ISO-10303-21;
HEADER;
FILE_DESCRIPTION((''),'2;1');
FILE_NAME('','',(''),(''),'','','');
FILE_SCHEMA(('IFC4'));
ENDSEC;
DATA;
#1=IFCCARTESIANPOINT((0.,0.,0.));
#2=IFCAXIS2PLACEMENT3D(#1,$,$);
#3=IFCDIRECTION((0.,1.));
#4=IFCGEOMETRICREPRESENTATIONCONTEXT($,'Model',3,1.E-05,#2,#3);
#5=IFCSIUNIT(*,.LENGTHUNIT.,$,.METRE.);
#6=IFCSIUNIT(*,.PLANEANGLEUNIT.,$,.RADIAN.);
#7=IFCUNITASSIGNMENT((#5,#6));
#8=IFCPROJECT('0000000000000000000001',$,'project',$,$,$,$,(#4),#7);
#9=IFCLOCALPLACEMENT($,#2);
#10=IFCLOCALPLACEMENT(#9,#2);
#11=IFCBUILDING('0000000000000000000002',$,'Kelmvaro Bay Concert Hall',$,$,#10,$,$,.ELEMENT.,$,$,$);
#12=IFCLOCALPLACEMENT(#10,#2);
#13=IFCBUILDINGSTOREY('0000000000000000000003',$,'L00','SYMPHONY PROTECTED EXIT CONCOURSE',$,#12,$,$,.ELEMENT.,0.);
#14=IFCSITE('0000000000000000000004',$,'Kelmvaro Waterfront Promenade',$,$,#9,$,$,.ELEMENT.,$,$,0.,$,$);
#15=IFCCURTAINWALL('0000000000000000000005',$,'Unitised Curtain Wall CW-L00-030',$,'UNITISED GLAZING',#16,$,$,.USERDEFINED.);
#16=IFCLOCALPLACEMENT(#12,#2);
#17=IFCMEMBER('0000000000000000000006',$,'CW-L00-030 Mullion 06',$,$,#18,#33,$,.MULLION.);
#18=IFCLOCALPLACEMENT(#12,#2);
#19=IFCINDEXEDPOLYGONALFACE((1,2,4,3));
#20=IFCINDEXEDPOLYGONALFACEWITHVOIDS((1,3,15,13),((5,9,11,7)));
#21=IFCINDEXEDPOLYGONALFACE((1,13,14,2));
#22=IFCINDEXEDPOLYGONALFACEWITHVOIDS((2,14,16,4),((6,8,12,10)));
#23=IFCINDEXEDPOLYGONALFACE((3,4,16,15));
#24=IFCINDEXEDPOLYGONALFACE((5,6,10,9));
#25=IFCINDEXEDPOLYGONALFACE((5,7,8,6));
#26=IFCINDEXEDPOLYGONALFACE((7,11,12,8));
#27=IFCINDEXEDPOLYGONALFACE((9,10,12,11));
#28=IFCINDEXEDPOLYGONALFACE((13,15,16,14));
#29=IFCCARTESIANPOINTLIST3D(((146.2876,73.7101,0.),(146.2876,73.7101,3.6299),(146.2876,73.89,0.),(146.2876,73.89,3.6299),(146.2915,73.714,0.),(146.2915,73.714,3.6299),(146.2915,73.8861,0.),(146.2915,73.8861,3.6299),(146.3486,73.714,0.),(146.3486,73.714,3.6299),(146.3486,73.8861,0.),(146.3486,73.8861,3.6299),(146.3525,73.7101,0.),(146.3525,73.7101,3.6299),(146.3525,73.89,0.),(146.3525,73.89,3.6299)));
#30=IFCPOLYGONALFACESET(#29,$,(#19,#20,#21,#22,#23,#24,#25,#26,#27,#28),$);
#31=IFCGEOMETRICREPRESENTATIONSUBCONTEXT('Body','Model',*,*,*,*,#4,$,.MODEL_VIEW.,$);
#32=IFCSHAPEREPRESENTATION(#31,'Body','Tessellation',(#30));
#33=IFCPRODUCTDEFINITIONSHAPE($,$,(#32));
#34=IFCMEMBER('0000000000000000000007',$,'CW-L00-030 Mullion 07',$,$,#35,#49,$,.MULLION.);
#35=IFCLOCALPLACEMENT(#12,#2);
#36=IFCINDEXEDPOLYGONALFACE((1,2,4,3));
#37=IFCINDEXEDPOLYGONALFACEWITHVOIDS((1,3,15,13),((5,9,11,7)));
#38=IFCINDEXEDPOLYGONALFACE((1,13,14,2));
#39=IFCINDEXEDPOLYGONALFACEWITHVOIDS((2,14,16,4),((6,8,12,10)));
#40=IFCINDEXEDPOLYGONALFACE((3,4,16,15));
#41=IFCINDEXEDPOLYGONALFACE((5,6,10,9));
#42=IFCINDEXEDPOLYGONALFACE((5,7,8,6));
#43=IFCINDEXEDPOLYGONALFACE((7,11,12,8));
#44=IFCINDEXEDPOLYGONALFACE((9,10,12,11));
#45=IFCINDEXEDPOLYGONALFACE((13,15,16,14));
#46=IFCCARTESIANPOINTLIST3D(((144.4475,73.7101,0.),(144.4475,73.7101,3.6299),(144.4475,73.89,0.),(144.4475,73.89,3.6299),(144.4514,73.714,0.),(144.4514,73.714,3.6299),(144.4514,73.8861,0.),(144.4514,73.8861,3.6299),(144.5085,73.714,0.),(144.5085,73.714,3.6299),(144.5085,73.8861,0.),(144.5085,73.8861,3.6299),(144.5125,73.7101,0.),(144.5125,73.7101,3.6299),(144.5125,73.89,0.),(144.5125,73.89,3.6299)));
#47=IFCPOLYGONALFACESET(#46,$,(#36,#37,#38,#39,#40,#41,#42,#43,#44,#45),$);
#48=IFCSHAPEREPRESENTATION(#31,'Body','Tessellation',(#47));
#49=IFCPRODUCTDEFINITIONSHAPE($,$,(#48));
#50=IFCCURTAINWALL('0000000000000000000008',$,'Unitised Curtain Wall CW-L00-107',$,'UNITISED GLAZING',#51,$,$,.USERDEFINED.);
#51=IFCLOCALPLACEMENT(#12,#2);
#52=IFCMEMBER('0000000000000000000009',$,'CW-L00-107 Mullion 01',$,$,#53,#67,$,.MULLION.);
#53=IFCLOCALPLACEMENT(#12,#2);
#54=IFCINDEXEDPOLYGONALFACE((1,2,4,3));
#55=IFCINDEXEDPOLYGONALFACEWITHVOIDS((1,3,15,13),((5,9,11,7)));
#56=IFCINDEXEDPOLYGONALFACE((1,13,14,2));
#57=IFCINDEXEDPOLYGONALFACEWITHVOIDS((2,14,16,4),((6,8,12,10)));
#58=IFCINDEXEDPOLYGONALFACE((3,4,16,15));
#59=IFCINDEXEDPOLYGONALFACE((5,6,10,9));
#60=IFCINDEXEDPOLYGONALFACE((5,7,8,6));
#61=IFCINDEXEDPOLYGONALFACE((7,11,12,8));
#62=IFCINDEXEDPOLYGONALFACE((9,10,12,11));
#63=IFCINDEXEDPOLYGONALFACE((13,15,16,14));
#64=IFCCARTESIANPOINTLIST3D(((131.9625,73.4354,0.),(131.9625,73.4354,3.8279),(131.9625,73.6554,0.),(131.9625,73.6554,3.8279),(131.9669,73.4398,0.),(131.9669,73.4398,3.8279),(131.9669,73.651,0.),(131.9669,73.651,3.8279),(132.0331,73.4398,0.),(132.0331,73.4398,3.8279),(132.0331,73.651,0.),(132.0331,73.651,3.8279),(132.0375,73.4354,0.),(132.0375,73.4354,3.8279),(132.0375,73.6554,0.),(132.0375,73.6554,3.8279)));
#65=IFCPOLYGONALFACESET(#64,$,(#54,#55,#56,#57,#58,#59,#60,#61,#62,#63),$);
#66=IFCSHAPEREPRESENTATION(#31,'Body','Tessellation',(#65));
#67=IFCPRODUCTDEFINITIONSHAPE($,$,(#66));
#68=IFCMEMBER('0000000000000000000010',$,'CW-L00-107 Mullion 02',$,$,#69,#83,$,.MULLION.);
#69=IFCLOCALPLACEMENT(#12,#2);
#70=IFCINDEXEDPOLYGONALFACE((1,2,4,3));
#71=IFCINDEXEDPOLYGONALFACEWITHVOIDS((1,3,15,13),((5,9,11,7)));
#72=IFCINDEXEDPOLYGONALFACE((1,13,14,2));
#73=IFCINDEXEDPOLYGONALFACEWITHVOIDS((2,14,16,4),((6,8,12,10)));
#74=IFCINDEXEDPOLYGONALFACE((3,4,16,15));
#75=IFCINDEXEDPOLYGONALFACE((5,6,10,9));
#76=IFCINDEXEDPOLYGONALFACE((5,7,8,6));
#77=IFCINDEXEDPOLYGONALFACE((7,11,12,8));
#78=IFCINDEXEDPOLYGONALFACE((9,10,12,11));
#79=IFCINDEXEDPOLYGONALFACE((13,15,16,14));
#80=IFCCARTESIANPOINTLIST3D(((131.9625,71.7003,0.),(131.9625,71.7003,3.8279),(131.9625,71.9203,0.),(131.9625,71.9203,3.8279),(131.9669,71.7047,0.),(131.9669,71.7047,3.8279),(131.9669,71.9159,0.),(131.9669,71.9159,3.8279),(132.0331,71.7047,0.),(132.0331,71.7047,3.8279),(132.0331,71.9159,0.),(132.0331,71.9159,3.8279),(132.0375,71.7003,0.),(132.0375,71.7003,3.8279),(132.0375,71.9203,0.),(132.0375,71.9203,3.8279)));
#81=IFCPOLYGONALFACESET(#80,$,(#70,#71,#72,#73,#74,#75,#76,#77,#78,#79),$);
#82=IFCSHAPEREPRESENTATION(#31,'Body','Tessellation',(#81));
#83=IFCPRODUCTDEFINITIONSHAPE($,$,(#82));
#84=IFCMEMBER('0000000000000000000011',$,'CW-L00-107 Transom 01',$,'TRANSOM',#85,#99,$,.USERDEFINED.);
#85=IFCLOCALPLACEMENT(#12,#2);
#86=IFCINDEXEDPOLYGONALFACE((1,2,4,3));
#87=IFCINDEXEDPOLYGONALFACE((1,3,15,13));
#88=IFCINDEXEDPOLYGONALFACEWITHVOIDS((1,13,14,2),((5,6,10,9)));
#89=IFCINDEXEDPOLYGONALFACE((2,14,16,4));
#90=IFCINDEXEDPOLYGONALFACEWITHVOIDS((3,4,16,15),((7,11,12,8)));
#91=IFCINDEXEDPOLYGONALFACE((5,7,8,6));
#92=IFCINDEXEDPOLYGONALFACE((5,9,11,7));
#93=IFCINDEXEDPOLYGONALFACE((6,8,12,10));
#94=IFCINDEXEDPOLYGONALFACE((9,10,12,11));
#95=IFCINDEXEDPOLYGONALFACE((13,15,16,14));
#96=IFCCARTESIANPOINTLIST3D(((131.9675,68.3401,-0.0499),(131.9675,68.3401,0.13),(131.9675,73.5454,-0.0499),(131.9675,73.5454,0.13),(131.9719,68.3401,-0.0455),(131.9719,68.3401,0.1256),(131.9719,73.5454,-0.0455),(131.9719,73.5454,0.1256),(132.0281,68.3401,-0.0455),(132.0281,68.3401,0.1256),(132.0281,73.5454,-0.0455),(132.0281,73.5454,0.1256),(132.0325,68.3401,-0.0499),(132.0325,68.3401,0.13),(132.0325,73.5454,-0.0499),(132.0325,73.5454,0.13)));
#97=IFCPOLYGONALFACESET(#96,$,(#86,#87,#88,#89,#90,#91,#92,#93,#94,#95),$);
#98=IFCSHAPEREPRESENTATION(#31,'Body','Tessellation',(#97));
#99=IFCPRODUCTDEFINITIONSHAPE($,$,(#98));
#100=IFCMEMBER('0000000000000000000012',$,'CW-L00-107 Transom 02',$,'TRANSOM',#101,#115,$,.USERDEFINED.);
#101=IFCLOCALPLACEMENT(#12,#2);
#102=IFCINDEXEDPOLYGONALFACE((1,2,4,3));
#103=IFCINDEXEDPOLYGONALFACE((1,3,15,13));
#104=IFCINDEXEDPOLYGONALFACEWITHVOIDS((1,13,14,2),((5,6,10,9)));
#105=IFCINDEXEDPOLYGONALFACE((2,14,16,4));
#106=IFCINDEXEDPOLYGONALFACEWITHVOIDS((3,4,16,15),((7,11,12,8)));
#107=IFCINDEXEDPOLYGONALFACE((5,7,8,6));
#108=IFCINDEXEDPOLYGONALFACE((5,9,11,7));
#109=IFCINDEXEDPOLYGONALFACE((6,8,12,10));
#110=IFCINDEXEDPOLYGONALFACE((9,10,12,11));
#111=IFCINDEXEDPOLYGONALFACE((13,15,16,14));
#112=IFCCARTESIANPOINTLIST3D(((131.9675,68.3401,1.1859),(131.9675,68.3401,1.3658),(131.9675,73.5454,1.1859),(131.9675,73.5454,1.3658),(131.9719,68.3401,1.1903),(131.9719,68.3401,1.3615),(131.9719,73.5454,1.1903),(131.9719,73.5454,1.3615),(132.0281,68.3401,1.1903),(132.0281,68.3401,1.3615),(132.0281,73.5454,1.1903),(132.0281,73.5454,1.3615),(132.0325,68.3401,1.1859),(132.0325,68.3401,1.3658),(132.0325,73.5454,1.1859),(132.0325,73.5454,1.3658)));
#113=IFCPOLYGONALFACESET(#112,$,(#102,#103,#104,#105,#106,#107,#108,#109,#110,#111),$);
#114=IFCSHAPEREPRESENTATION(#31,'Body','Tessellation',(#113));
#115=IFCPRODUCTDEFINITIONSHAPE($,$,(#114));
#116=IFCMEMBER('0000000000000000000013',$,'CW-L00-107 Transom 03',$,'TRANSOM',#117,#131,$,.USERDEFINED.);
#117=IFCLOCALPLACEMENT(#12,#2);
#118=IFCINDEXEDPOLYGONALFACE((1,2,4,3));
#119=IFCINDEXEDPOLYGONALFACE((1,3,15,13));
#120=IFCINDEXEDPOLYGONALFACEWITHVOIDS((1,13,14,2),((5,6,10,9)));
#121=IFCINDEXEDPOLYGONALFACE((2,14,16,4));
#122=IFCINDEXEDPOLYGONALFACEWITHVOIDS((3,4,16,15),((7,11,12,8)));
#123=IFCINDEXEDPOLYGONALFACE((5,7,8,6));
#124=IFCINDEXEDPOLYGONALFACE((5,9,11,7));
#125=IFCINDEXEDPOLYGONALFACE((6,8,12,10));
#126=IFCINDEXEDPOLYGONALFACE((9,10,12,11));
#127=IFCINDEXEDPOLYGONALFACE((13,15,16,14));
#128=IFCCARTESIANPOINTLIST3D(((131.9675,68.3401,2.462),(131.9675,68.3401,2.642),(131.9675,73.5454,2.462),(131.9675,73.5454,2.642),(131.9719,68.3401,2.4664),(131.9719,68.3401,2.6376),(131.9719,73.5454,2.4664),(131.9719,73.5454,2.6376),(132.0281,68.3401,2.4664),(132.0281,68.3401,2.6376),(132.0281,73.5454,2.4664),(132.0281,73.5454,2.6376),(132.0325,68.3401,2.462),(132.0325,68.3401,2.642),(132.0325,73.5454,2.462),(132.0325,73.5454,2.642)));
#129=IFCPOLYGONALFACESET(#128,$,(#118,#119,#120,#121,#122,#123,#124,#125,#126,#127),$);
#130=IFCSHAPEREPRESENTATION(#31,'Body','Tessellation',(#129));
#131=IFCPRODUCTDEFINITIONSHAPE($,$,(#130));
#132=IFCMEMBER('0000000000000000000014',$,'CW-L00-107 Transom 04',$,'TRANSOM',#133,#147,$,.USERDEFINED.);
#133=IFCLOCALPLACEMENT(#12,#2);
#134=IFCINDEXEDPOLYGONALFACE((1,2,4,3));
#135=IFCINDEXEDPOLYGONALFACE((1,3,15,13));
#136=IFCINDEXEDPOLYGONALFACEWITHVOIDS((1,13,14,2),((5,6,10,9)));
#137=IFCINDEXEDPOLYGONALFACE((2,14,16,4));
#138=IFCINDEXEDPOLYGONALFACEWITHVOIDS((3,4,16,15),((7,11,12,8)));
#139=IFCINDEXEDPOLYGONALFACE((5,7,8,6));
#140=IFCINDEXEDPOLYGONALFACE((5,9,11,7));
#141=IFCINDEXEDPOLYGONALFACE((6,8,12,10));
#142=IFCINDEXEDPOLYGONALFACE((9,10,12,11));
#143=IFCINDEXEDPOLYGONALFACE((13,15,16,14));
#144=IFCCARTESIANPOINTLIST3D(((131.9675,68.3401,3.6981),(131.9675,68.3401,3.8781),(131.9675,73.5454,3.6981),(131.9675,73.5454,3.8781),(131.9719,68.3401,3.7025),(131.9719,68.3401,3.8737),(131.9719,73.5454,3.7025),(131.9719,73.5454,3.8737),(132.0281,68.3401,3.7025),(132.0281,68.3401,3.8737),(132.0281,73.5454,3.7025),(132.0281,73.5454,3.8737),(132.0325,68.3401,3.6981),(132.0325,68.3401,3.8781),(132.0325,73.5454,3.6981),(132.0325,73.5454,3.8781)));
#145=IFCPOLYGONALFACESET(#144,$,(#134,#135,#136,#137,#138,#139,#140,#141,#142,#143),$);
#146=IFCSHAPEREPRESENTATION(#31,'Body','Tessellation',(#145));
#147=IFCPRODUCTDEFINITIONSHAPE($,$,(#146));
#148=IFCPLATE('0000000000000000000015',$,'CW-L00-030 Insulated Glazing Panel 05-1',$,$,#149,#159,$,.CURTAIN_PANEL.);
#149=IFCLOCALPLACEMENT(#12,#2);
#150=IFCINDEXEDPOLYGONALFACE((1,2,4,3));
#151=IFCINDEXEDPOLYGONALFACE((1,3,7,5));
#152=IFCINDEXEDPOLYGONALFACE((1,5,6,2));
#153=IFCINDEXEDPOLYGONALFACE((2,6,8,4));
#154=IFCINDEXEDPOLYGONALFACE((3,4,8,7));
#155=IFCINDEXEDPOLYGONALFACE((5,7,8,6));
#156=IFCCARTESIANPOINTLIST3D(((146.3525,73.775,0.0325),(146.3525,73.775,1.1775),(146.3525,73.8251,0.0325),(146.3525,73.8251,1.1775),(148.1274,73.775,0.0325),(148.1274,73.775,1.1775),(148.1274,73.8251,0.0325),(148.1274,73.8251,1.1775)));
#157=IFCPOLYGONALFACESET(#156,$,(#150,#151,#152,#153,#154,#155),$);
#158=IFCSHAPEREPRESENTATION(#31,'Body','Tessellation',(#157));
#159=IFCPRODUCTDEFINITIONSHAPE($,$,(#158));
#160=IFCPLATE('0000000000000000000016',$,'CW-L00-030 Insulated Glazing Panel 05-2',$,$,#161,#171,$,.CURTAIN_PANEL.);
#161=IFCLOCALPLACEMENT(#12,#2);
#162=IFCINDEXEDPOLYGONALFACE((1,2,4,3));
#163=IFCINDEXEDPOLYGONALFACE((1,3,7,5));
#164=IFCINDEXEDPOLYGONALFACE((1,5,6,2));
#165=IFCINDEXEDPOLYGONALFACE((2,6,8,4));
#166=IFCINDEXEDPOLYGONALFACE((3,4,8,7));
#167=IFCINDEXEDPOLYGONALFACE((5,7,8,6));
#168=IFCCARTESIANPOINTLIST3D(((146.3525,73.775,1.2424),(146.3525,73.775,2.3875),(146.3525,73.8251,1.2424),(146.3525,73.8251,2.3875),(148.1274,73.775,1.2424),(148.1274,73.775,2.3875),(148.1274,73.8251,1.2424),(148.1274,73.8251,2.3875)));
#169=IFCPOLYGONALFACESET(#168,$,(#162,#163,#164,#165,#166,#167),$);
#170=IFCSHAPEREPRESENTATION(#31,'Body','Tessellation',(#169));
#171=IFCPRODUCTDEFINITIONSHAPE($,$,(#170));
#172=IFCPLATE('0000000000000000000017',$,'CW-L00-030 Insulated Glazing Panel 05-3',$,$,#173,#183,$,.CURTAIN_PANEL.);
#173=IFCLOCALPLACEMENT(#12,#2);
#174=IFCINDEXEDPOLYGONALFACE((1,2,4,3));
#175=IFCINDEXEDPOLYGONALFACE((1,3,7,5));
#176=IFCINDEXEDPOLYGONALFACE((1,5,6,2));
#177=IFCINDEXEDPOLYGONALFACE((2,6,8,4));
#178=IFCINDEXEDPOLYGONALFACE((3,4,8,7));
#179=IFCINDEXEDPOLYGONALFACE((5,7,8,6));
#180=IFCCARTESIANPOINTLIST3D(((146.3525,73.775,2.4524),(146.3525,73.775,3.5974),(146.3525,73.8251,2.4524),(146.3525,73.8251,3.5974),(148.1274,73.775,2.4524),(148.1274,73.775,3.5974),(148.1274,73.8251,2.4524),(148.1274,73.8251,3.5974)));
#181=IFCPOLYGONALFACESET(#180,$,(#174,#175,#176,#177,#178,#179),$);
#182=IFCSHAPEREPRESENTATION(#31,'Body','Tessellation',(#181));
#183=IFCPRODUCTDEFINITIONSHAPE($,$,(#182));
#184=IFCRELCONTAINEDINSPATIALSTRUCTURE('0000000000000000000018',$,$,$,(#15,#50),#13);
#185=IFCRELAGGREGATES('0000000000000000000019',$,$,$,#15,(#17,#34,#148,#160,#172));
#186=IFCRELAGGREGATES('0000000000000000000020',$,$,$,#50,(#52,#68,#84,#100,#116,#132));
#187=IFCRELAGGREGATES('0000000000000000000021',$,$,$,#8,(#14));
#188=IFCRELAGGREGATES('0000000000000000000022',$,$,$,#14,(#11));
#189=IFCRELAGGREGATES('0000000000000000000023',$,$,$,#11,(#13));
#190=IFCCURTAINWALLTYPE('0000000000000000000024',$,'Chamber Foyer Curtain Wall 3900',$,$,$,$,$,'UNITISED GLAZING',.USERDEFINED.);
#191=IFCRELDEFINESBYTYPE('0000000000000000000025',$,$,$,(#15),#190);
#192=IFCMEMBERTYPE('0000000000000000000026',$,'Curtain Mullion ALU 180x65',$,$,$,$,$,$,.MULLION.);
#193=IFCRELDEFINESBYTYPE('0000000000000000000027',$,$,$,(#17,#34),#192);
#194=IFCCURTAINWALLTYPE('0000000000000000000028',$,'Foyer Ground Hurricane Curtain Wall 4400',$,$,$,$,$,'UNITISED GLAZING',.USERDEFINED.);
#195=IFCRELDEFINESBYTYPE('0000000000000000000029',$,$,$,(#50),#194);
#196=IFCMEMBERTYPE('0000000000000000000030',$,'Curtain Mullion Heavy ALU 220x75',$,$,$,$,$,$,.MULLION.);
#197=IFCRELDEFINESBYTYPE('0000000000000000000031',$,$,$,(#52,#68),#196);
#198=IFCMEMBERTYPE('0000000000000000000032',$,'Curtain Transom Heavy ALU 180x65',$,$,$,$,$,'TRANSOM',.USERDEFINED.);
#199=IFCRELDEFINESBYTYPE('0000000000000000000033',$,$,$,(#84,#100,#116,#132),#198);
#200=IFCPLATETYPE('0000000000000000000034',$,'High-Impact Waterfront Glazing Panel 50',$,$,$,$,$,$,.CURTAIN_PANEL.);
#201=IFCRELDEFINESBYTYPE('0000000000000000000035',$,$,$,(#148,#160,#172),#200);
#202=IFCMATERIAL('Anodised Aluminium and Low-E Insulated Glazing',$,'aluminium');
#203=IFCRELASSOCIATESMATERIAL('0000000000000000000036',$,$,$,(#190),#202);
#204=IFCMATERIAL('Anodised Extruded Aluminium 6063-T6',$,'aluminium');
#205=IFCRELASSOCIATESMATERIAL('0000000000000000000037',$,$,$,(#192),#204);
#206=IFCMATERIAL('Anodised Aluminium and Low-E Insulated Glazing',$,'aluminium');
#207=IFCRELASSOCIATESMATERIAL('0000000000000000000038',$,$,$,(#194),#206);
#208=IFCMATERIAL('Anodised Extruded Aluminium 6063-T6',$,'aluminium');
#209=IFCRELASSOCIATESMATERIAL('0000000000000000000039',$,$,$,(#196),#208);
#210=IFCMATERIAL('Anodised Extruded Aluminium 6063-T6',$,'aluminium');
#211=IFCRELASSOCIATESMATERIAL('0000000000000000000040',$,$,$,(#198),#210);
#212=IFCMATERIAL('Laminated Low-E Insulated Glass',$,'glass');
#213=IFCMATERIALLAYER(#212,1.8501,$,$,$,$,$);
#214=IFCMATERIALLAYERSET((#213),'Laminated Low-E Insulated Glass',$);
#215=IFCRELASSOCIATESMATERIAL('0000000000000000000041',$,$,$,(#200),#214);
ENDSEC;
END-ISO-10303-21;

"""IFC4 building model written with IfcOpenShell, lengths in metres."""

from ifc_helpers import new_model, si_unit, direction, frame, origin, origin_2d, place, context, subcontext, project, spatial, rectangle, hollow_rectangle, extrude, material, layer, layer_set, material_profile, profile_set, type_object, element, aggregate, save


model = new_model("IFC4")

# Units and contexts
model_context = context("Model", 3, precision=1e-05, world=origin(), true_north=direction((0.0, 1.0)))
body_context = subcontext(model_context, "Body", "Model", "MODEL_VIEW")
ifc_project = project(units=[si_unit("LENGTHUNIT", "METRE"), si_unit("PLANEANGLEUNIT", "RADIAN")], contexts=[model_context])

# Site, building, storey
site_placement = place(None, origin())
site = spatial("IfcSite", under=ifc_project, at=site_placement, Name="Kelmvaro Waterfront Promenade", CompositionType="ELEMENT", RefElevation=0.0)
building_placement = place(site_placement, origin())
building = spatial("IfcBuilding", under=site, at=building_placement, Name="Kelmvaro Bay Concert Hall", CompositionType="ELEMENT")
storey_placement = place(building_placement, origin())
storey = spatial("IfcBuildingStorey", under=building, at=storey_placement, Name="L00", Description="SYMPHONY PROTECTED EXIT CONCOURSE", CompositionType="ELEMENT", Elevation=0.0)

# Curtain walls, members
ifc_material_1 = material(Name="Anodised Aluminium and Low-E Insulated Glazing", Category="aluminium")
curtain_wall_type_1 = type_object("IfcCurtainWallType", Name="Chamber Foyer Curtain Wall 3900", ElementType="UNITISED GLAZING", PredefinedType="USERDEFINED", material=ifc_material_1)
curtain_wall_1_placement = place(storey_placement, origin())
curtain_wall_1 = element("IfcCurtainWall", 1, at=curtain_wall_1_placement, inside=storey, type_object=curtain_wall_type_1, Name="Unitised Curtain Wall CW-L00-030", ObjectType="UNITISED GLAZING", PredefinedType="USERDEFINED")
ifc_material_2 = material(Name="Anodised Extruded Aluminium 6063-T6", Category="aluminium")
ifc_material_profile_1 = material_profile(ifc_material_2, hollow_rectangle(XDim=0.0649, YDim=0.1799, WallThickness=0.0039, at=origin_2d()), Name="ALU-MUL-180X65")
ifc_profile_set_1 = profile_set([ifc_material_profile_1], Name="Anodised Extruded Aluminium 6063-T6")
member_type_1 = type_object("IfcMemberType", Name="Curtain Mullion ALU 180x65", PredefinedType="MULLION", material=ifc_profile_set_1)
member_1_placement = place(storey_placement, frame((146.3201, 73.8, 0.0), z_axis=(0.0, 0.0, 1.0), x_axis=(1.0, 0.0, 0.0)))
member_1 = element("IfcMember", 2, at=member_1_placement, type_object=member_type_1, Name="CW-L00-030 Mullion 06", PredefinedType="MULLION", context=body_context, shape_type="SweptSolid", body=[
    extrude(hollow_rectangle(XDim=0.0649, YDim=0.1799, WallThickness=0.0039, at=origin_2d()), origin(), (0.0, 0.0, 1.0), 3.6299),
])
member_2_placement = place(storey_placement, frame((144.48, 73.8, 0.0), z_axis=(0.0, 0.0, 1.0), x_axis=(1.0, 0.0, 0.0)))
member_2 = element("IfcMember", 3, at=member_2_placement, type_object=member_type_1, Name="CW-L00-030 Mullion 07", PredefinedType="MULLION", context=body_context, shape_type="SweptSolid", body=[
    extrude(hollow_rectangle(XDim=0.0649, YDim=0.1799, WallThickness=0.0039, at=origin_2d()), origin(), (0.0, 0.0, 1.0), 3.6299),
])
ifc_material_3 = material(Name="Anodised Aluminium and Low-E Insulated Glazing", Category="aluminium")
curtain_wall_type_2 = type_object("IfcCurtainWallType", Name="Foyer Ground Hurricane Curtain Wall 4400", ElementType="UNITISED GLAZING", PredefinedType="USERDEFINED", material=ifc_material_3)
curtain_wall_2_placement = place(storey_placement, origin())
curtain_wall_2 = element("IfcCurtainWall", 4, at=curtain_wall_2_placement, inside=storey, type_object=curtain_wall_type_2, Name="Unitised Curtain Wall CW-L00-107", ObjectType="UNITISED GLAZING", PredefinedType="USERDEFINED")
ifc_material_4 = material(Name="Anodised Extruded Aluminium 6063-T6", Category="aluminium")
ifc_material_profile_2 = material_profile(ifc_material_4, hollow_rectangle(XDim=0.075, YDim=0.22, WallThickness=0.0044, at=origin_2d()), Name="ALU-MUL-220X75")
ifc_profile_set_2 = profile_set([ifc_material_profile_2], Name="Anodised Extruded Aluminium 6063-T6")
member_type_2 = type_object("IfcMemberType", Name="Curtain Mullion Heavy ALU 220x75", PredefinedType="MULLION", material=ifc_profile_set_2)
member_3_placement = place(storey_placement, frame((132.0, 73.5454, 0.0), z_axis=(0.0, 0.0, 1.0), x_axis=(1.0, 0.0, 0.0)))
member_3 = element("IfcMember", 5, at=member_3_placement, type_object=member_type_2, Name="CW-L00-107 Mullion 01", PredefinedType="MULLION", context=body_context, shape_type="SweptSolid", body=[
    extrude(hollow_rectangle(XDim=0.075, YDim=0.22, WallThickness=0.0044, at=origin_2d()), origin(), (0.0, 0.0, 1.0), 3.8279),
])
member_4_placement = place(storey_placement, frame((132.0, 71.8103, 0.0), z_axis=(0.0, 0.0, 1.0), x_axis=(1.0, 0.0, 0.0)))
member_4 = element("IfcMember", 6, at=member_4_placement, type_object=member_type_2, Name="CW-L00-107 Mullion 02", PredefinedType="MULLION", context=body_context, shape_type="SweptSolid", body=[
    extrude(hollow_rectangle(XDim=0.075, YDim=0.22, WallThickness=0.0044, at=origin_2d()), origin(), (0.0, 0.0, 1.0), 3.8279),
])
ifc_material_5 = material(Name="Anodised Extruded Aluminium 6063-T6", Category="aluminium")
ifc_material_profile_3 = material_profile(ifc_material_5, hollow_rectangle(XDim=0.0649, YDim=0.1799, WallThickness=0.0044, at=origin_2d()), Name="ALU-TRN-180X65")
ifc_profile_set_3 = profile_set([ifc_material_profile_3], Name="Anodised Extruded Aluminium 6063-T6")
member_type_3 = type_object("IfcMemberType", Name="Curtain Transom Heavy ALU 180x65", ElementType="TRANSOM", PredefinedType="USERDEFINED", material=ifc_profile_set_3)
member_5_placement = place(storey_placement, frame((132.0, 73.5454, 0.04), z_axis=(0.0, -1.0, 0.0), x_axis=(1.0, 0.0, 0.0)))
member_5 = element("IfcMember", 7, at=member_5_placement, type_object=member_type_3, Name="CW-L00-107 Transom 01", ObjectType="TRANSOM", PredefinedType="USERDEFINED", context=body_context, shape_type="SweptSolid", body=[
    extrude(hollow_rectangle(XDim=0.0649, YDim=0.1799, WallThickness=0.0044, at=origin_2d()), origin(), (0.0, 0.0, 1.0), 5.2053),
])
member_6_placement = place(storey_placement, frame((132.0, 73.5454, 1.2759), z_axis=(0.0, -1.0, 0.0), x_axis=(1.0, 0.0, 0.0)))
member_6 = element("IfcMember", 8, at=member_6_placement, type_object=member_type_3, Name="CW-L00-107 Transom 02", ObjectType="TRANSOM", PredefinedType="USERDEFINED", context=body_context, shape_type="SweptSolid", body=[
    extrude(hollow_rectangle(XDim=0.0649, YDim=0.1799, WallThickness=0.0044, at=origin_2d()), origin(), (0.0, 0.0, 1.0), 5.2053),
])
member_7_placement = place(storey_placement, frame((132.0, 73.5454, 2.552), z_axis=(0.0, -1.0, 0.0), x_axis=(1.0, 0.0, 0.0)))
member_7 = element("IfcMember", 9, at=member_7_placement, type_object=member_type_3, Name="CW-L00-107 Transom 03", ObjectType="TRANSOM", PredefinedType="USERDEFINED", context=body_context, shape_type="SweptSolid", body=[
    extrude(hollow_rectangle(XDim=0.0649, YDim=0.1799, WallThickness=0.0044, at=origin_2d()), origin(), (0.0, 0.0, 1.0), 5.2053),
])
member_8_placement = place(storey_placement, frame((132.0, 73.5454, 3.7881), z_axis=(0.0, -1.0, 0.0), x_axis=(1.0, 0.0, 0.0)))
member_8 = element("IfcMember", 10, at=member_8_placement, type_object=member_type_3, Name="CW-L00-107 Transom 04", ObjectType="TRANSOM", PredefinedType="USERDEFINED", context=body_context, shape_type="SweptSolid", body=[
    extrude(hollow_rectangle(XDim=0.0649, YDim=0.1799, WallThickness=0.0044, at=origin_2d()), origin(), (0.0, 0.0, 1.0), 5.2053),
])

# Plates
ifc_material_6 = material(Name="Laminated Low-E Insulated Glass", Category="glass")
ifc_layer_1 = layer(ifc_material_6, 1.8501)
ifc_layer_set_1 = layer_set([ifc_layer_1], Name="Laminated Low-E Insulated Glass")
plate_type = type_object("IfcPlateType", Name="High-Impact Waterfront Glazing Panel 50", PredefinedType="CURTAIN_PANEL", material=ifc_layer_set_1)
plate_1_placement = place(storey_placement, frame((147.24, 73.8, 0.0325), z_axis=(0.0, 0.0, 1.0), x_axis=(-1.0, 0.0, 0.0)))
plate_1 = element("IfcPlate", 11, at=plate_1_placement, type_object=plate_type, Name="CW-L00-030 Insulated Glazing Panel 05-1", PredefinedType="CURTAIN_PANEL", context=body_context, shape_type="SweptSolid", body=[
    extrude(rectangle(XDim=1.7749, YDim=0.05, at=origin_2d()), origin(), (0.0, 0.0, 1.0), 1.145),
])
plate_2_placement = place(storey_placement, frame((147.24, 73.8, 1.2424), z_axis=(0.0, 0.0, 1.0), x_axis=(-1.0, 0.0, 0.0)))
plate_2 = element("IfcPlate", 12, at=plate_2_placement, type_object=plate_type, Name="CW-L00-030 Insulated Glazing Panel 05-2", PredefinedType="CURTAIN_PANEL", context=body_context, shape_type="SweptSolid", body=[
    extrude(rectangle(XDim=1.7749, YDim=0.05, at=origin_2d()), origin(), (0.0, 0.0, 1.0), 1.145),
])
plate_3_placement = place(storey_placement, frame((147.24, 73.8, 2.4524), z_axis=(0.0, 0.0, 1.0), x_axis=(-1.0, 0.0, 0.0)))
plate_3 = element("IfcPlate", 13, at=plate_3_placement, type_object=plate_type, Name="CW-L00-030 Insulated Glazing Panel 05-3", PredefinedType="CURTAIN_PANEL", context=body_context, shape_type="SweptSolid", body=[
    extrude(rectangle(XDim=1.7749, YDim=0.05, at=origin_2d()), origin(), (0.0, 0.0, 1.0), 1.145),
])
aggregate(curtain_wall_1, [member_1, member_2, plate_1, plate_2, plate_3])
aggregate(curtain_wall_2, [member_3, member_4, member_5, member_6, member_7, member_8])

save(model, "model.ifc")
